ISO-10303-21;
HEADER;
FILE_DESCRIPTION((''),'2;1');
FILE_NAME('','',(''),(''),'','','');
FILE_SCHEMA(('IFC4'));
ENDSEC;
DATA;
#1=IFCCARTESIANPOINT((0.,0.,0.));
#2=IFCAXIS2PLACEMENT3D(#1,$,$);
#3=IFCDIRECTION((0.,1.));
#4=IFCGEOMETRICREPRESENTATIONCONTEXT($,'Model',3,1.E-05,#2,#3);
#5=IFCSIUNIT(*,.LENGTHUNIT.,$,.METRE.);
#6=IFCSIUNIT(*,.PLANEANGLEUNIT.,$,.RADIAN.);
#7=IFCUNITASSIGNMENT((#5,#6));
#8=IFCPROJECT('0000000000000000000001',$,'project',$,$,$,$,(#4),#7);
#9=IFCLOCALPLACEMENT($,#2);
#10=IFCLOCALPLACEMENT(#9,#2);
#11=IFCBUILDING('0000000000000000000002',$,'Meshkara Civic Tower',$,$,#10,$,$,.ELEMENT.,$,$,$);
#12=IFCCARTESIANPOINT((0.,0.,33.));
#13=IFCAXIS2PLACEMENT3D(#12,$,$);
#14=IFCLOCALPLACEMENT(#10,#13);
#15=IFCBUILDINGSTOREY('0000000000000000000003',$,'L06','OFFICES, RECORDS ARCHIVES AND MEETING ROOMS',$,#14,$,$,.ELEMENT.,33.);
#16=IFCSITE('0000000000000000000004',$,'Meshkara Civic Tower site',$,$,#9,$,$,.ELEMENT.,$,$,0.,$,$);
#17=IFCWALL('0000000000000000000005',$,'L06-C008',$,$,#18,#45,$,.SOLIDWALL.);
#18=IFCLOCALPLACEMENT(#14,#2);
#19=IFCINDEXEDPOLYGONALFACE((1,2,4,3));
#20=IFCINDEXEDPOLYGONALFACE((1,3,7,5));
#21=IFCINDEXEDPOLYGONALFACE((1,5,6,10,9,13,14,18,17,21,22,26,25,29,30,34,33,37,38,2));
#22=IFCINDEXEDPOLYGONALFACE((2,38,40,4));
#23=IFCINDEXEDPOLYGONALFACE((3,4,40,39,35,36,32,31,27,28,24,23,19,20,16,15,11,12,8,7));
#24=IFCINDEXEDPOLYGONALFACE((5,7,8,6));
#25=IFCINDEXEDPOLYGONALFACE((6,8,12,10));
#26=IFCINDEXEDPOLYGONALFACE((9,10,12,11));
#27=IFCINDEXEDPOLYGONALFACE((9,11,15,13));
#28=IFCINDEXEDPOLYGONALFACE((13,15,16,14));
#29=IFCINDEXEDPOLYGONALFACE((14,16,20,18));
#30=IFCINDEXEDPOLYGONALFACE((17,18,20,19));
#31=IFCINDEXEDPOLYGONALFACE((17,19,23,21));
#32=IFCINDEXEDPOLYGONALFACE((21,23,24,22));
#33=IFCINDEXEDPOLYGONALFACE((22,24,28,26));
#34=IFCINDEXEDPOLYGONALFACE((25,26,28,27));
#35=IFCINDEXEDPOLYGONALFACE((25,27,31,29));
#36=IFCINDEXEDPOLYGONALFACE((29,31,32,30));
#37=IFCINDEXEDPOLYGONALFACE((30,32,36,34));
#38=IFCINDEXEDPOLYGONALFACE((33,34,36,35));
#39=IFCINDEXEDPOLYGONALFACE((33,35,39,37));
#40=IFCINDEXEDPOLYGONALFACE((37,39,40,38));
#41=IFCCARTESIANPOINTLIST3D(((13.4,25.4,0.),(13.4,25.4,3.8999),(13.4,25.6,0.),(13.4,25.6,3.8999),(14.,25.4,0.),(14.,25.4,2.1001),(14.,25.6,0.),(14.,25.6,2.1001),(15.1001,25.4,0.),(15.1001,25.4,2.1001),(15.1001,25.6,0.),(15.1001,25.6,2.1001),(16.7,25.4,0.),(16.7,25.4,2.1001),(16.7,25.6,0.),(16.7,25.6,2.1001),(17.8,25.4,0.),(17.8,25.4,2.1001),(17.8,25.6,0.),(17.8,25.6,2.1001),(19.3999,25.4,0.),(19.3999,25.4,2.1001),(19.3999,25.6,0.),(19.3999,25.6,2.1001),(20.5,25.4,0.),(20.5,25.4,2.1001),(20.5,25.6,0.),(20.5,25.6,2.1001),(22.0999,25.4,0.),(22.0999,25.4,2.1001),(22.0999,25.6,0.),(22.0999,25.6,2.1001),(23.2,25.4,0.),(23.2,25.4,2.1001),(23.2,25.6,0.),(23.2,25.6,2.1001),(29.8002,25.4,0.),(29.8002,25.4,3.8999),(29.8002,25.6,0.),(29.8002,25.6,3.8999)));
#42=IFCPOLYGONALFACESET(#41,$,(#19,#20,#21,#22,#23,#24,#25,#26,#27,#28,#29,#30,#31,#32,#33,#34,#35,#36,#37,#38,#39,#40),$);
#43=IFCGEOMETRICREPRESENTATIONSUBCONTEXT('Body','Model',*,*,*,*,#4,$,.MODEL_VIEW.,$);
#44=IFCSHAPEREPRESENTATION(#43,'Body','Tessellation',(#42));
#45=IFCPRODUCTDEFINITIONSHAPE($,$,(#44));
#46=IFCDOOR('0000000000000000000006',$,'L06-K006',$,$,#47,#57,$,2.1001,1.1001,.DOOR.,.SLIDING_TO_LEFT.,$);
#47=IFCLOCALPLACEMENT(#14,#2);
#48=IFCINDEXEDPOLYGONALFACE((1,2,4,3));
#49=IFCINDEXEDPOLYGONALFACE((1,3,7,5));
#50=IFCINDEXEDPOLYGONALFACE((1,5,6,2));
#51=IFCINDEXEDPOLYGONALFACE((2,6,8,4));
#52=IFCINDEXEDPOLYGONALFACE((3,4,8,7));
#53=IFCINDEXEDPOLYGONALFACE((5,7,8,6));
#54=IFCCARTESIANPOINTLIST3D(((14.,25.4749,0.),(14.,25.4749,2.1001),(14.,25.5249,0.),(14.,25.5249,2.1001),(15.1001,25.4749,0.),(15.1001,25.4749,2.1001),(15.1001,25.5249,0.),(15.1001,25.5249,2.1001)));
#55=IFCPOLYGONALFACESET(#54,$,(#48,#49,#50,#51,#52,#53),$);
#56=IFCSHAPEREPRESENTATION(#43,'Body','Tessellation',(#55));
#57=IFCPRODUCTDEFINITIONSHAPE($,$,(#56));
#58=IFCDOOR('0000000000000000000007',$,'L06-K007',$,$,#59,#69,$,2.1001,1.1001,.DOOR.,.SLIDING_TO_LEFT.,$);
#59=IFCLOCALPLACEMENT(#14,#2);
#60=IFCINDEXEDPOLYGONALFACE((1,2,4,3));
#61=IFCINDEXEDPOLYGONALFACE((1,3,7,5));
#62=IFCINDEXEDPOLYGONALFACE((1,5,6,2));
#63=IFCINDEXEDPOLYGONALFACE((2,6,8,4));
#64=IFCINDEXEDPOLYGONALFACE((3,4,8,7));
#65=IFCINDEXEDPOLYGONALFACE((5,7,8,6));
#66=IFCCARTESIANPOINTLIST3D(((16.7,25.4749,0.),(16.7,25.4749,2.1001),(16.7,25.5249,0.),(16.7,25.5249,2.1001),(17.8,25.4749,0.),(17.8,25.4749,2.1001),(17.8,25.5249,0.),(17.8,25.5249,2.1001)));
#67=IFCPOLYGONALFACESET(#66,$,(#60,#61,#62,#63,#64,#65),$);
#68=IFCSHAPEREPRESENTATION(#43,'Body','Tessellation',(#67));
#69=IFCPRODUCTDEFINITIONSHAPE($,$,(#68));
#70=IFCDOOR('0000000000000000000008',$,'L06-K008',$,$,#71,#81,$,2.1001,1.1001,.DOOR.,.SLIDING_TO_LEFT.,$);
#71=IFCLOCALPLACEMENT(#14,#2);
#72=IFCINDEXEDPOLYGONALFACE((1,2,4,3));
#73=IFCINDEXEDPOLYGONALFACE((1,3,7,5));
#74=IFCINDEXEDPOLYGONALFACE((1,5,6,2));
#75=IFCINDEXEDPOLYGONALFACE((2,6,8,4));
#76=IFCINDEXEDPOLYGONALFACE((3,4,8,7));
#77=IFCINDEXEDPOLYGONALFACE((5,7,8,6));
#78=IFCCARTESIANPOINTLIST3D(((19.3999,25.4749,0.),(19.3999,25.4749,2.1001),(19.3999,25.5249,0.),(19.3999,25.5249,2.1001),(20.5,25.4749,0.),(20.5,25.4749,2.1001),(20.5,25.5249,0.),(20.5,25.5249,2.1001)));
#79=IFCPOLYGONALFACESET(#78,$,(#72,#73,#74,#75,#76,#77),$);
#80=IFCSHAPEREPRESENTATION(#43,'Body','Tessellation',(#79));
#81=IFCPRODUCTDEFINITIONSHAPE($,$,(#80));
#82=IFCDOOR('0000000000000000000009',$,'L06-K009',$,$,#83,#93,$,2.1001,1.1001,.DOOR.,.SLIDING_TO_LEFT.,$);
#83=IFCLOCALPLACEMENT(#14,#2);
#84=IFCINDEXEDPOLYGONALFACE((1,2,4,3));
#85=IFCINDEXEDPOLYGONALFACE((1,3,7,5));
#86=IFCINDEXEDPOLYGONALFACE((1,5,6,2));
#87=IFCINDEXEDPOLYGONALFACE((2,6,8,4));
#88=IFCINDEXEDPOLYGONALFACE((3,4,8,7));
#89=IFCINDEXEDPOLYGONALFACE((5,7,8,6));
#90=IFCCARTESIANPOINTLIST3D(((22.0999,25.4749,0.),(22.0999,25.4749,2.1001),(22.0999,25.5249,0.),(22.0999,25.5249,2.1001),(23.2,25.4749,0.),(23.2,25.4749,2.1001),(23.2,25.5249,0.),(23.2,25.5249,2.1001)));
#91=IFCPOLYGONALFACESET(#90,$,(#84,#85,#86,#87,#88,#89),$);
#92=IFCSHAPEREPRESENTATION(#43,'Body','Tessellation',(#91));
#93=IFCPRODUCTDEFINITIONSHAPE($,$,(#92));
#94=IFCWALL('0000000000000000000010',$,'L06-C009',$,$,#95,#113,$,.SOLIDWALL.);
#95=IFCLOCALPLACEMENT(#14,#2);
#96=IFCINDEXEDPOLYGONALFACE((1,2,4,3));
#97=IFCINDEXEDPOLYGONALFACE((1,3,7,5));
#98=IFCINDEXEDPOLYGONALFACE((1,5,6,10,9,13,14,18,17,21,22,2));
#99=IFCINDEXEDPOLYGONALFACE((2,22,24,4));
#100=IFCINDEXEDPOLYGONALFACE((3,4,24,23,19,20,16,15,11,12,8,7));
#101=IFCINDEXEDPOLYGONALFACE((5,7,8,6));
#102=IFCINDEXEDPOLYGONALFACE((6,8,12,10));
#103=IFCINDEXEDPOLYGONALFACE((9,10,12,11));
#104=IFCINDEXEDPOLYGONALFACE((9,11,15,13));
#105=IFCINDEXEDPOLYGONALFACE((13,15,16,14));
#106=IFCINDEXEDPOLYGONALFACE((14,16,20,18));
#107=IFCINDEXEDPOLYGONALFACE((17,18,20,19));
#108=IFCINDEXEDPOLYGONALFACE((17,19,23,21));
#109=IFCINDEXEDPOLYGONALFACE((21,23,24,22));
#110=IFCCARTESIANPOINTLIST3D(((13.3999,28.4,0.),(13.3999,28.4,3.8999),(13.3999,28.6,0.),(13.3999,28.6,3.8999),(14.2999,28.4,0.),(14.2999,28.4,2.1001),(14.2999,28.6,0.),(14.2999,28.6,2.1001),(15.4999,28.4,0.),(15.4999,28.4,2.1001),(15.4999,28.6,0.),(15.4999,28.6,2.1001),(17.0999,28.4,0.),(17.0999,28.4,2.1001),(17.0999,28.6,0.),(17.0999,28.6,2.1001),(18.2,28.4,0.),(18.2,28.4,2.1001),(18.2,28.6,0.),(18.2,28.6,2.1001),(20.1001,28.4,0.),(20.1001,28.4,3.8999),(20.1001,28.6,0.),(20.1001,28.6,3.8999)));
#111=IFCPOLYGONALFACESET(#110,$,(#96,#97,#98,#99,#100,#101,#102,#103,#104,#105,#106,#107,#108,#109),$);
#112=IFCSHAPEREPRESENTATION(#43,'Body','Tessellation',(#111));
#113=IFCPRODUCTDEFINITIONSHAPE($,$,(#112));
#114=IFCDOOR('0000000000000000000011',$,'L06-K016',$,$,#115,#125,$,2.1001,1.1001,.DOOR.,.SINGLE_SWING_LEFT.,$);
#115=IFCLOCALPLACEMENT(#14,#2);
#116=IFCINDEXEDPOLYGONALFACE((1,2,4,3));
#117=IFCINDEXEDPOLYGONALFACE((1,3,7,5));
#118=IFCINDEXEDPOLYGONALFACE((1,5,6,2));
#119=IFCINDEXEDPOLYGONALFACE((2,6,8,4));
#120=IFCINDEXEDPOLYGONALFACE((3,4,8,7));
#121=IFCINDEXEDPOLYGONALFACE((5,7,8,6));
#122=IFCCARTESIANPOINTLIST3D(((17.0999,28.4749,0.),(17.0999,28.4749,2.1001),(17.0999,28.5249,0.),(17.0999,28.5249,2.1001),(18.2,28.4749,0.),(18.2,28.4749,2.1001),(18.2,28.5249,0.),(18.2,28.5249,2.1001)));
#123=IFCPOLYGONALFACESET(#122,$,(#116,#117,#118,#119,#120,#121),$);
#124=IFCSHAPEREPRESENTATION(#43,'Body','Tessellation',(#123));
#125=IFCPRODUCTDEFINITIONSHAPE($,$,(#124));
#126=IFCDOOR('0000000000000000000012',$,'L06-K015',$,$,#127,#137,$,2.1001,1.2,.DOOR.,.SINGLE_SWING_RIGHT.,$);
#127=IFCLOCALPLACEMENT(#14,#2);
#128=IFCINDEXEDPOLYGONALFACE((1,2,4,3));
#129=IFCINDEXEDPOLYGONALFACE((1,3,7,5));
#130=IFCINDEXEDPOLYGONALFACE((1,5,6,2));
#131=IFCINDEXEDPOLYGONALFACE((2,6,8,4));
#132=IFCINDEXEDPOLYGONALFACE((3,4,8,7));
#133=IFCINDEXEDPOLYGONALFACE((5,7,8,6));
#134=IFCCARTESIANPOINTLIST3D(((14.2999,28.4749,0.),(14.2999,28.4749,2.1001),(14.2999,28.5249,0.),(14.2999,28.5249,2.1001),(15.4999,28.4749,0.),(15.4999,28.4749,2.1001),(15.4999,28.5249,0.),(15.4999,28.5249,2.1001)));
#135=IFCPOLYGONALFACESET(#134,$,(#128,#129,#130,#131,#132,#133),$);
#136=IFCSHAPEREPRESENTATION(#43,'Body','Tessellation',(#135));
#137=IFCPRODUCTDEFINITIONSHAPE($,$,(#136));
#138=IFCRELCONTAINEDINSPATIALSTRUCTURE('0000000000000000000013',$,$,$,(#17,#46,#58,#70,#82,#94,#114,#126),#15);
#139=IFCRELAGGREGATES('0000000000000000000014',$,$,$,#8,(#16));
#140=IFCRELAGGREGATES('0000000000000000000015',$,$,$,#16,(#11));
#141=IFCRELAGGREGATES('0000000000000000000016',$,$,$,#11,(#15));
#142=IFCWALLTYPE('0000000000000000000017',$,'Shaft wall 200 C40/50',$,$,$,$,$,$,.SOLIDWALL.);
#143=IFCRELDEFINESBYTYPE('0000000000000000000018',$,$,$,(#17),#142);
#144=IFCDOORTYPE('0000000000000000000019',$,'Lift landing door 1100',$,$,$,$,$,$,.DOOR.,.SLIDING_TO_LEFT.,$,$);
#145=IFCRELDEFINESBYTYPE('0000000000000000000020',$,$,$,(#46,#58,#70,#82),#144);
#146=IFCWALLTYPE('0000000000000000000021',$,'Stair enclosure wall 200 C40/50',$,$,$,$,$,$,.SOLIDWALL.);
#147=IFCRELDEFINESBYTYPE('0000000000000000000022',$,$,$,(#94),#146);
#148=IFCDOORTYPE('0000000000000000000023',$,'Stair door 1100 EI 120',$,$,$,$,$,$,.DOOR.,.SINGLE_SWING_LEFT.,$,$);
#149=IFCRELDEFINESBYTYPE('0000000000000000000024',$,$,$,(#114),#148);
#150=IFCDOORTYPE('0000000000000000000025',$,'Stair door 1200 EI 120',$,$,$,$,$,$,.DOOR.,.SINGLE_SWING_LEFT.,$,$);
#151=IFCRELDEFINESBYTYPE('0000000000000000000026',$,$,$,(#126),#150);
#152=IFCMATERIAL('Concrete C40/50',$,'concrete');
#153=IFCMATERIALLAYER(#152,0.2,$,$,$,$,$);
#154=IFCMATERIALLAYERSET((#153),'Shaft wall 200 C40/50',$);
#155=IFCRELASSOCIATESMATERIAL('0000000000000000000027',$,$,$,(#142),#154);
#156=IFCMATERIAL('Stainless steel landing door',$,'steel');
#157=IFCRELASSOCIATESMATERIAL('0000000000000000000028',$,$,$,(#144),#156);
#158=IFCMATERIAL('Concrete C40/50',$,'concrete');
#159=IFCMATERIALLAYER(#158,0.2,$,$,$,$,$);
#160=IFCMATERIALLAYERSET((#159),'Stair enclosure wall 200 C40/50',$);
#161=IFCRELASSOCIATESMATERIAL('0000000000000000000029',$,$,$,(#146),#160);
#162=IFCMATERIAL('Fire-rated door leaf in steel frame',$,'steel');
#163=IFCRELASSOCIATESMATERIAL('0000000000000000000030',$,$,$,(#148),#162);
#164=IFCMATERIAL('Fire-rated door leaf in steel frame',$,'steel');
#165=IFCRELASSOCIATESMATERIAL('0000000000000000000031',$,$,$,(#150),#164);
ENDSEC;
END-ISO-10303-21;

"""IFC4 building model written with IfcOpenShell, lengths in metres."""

from ifc_helpers import new_model, si_unit, direction, frame, frame_2d, origin, place, context, subcontext, project, spatial, rectangle, extrude, material, layer, layer_set, type_object, element, fill, save


model = new_model("IFC4")

# Units and contexts
model_context = context("Model", 3, precision=1e-05, world=origin(), true_north=direction((0.0, 1.0)))
body_context = subcontext(model_context, "Body", "Model", "MODEL_VIEW")
ifc_project = project(units=[si_unit("LENGTHUNIT", "METRE"), si_unit("PLANEANGLEUNIT", "RADIAN")], contexts=[model_context])

# Site, building, storey
site_placement = place(None, origin())
site = spatial("IfcSite", under=ifc_project, at=site_placement, Name="Meshkara Civic Tower site", CompositionType="ELEMENT", RefElevation=0.0)
building_placement = place(site_placement, origin())
building = spatial("IfcBuilding", under=site, at=building_placement, Name="Meshkara Civic Tower", CompositionType="ELEMENT")
storey_placement = place(building_placement, frame((0.0, 0.0, 33.0)))
storey = spatial("IfcBuildingStorey", under=building, at=storey_placement, Name="L06", Description="OFFICES, RECORDS ARCHIVES AND MEETING ROOMS", CompositionType="ELEMENT", Elevation=33.0)

# Walls, openings, doors
ifc_material_1 = material(Name="Concrete C40/50", Category="concrete")
ifc_layer_1 = layer(ifc_material_1, 0.2)
ifc_layer_set_1 = layer_set([ifc_layer_1], Name="Shaft wall 200 C40/50")
wall_type_1 = type_object("IfcWallType", Name="Shaft wall 200 C40/50", PredefinedType="SOLIDWALL", material=ifc_layer_set_1)
ifc_material_2 = material(Name="Stainless steel landing door", Category="steel")
door_type_1 = type_object("IfcDoorType", Name="Lift landing door 1100", OperationType="SLIDING_TO_LEFT", PredefinedType="DOOR", material=ifc_material_2)
wall_1_placement = place(storey_placement, frame((13.3999, 25.5, 0.0), z_axis=(0.0, 0.0, 1.0), x_axis=(1.0, 0.0, 0.0)))
wall_1 = element("IfcWall", 1, at=wall_1_placement, inside=storey, type_object=wall_type_1, Name="L06-C008", PredefinedType="SOLIDWALL", context=body_context, shape_type="SweptSolid", body=[
    extrude(rectangle(XDim=16.4001, YDim=0.2, at=frame_2d((8.2002, 0.0))), origin(), (0.0, 0.0, 1.0), 3.8999),
])
opening_1_placement = place(wall_1_placement, frame((0.6001, 0.0, 0.0)))
opening_1 = element("IfcOpeningElement", 2, at=opening_1_placement, cuts=wall_1, PredefinedType="OPENING", context=body_context, shape_type="SweptSolid", body=[
    extrude(rectangle(XDim=1.1001, YDim=2.1001, at=frame_2d((0.55, 1.05))), frame((0.0, 0.1099, 0.0), z_axis=(0.0, -1.0, 0.0), x_axis=(1.0, 0.0, 0.0)), (0.0, 0.0, 1.0), 0.22),
])
opening_2_placement = place(wall_1_placement, frame((3.3, 0.0, 0.0)))
opening_2 = element("IfcOpeningElement", 3, at=opening_2_placement, cuts=wall_1, PredefinedType="OPENING", context=body_context, shape_type="SweptSolid", body=[
    extrude(rectangle(XDim=1.1001, YDim=2.1001, at=frame_2d((0.55, 1.05))), frame((0.0, 0.1099, 0.0), z_axis=(0.0, -1.0, 0.0), x_axis=(1.0, 0.0, 0.0)), (0.0, 0.0, 1.0), 0.22),
])
opening_3_placement = place(wall_1_placement, frame((6.0, 0.0, 0.0)))
opening_3 = element("IfcOpeningElement", 4, at=opening_3_placement, cuts=wall_1, PredefinedType="OPENING", context=body_context, shape_type="SweptSolid", body=[
    extrude(rectangle(XDim=1.1001, YDim=2.1001, at=frame_2d((0.55, 1.05))), frame((0.0, 0.1099, 0.0), z_axis=(0.0, -1.0, 0.0), x_axis=(1.0, 0.0, 0.0)), (0.0, 0.0, 1.0), 0.22),
])
opening_4_placement = place(wall_1_placement, frame((8.7, 0.0, 0.0)))
opening_4 = element("IfcOpeningElement", 5, at=opening_4_placement, cuts=wall_1, PredefinedType="OPENING", context=body_context, shape_type="SweptSolid", body=[
    extrude(rectangle(XDim=1.1001, YDim=2.1001, at=frame_2d((0.55, 1.05))), frame((0.0, 0.1099, 0.0), z_axis=(0.0, -1.0, 0.0), x_axis=(1.0, 0.0, 0.0)), (0.0, 0.0, 1.0), 0.22),
])
door_1_placement = place(opening_1_placement, origin())
door_1 = element("IfcDoor", 6, at=door_1_placement, inside=storey, type_object=door_type_1, Name="L06-K006", OperationType="SLIDING_TO_LEFT", OverallHeight=2.1001, OverallWidth=1.1001, PredefinedType="DOOR", context=body_context, shape_type="SweptSolid", body=[
    extrude(rectangle(XDim=1.1001, YDim=2.1001, at=frame_2d((0.55, 1.05))), frame((0.0, 0.0249, 0.0), z_axis=(0.0, -1.0, 0.0), x_axis=(1.0, 0.0, 0.0)), (0.0, 0.0, 1.0), 0.05),
])
fill(opening_1, door_1)
door_2_placement = place(opening_2_placement, origin())
door_2 = element("IfcDoor", 7, at=door_2_placement, inside=storey, type_object=door_type_1, Name="L06-K007", OperationType="SLIDING_TO_LEFT", OverallHeight=2.1001, OverallWidth=1.1001, PredefinedType="DOOR", context=body_context, shape_type="SweptSolid", body=[
    extrude(rectangle(XDim=1.1001, YDim=2.1001, at=frame_2d((0.55, 1.05))), frame((0.0, 0.0249, 0.0), z_axis=(0.0, -1.0, 0.0), x_axis=(1.0, 0.0, 0.0)), (0.0, 0.0, 1.0), 0.05),
])
fill(opening_2, door_2)
door_3_placement = place(opening_3_placement, origin())
door_3 = element("IfcDoor", 8, at=door_3_placement, inside=storey, type_object=door_type_1, Name="L06-K008", OperationType="SLIDING_TO_LEFT", OverallHeight=2.1001, OverallWidth=1.1001, PredefinedType="DOOR", context=body_context, shape_type="SweptSolid", body=[
    extrude(rectangle(XDim=1.1001, YDim=2.1001, at=frame_2d((0.55, 1.05))), frame((0.0, 0.0249, 0.0), z_axis=(0.0, -1.0, 0.0), x_axis=(1.0, 0.0, 0.0)), (0.0, 0.0, 1.0), 0.05),
])
fill(opening_3, door_3)
door_4_placement = place(opening_4_placement, origin())
door_4 = element("IfcDoor", 9, at=door_4_placement, inside=storey, type_object=door_type_1, Name="L06-K009", OperationType="SLIDING_TO_LEFT", OverallHeight=2.1001, OverallWidth=1.1001, PredefinedType="DOOR", context=body_context, shape_type="SweptSolid", body=[
    extrude(rectangle(XDim=1.1001, YDim=2.1001, at=frame_2d((0.55, 1.05))), frame((0.0, 0.0249, 0.0), z_axis=(0.0, -1.0, 0.0), x_axis=(1.0, 0.0, 0.0)), (0.0, 0.0, 1.0), 0.05),
])
fill(opening_4, door_4)
ifc_material_3 = material(Name="Concrete C40/50", Category="concrete")
ifc_layer_2 = layer(ifc_material_3, 0.2)
ifc_layer_set_2 = layer_set([ifc_layer_2], Name="Stair enclosure wall 200 C40/50")
wall_type_2 = type_object("IfcWallType", Name="Stair enclosure wall 200 C40/50", PredefinedType="SOLIDWALL", material=ifc_layer_set_2)
wall_2_placement = place(storey_placement, frame((13.3999, 28.5, 0.0), z_axis=(0.0, 0.0, 1.0), x_axis=(1.0, 0.0, 0.0)))
wall_2 = element("IfcWall", 10, at=wall_2_placement, inside=storey, type_object=wall_type_2, Name="L06-C009", PredefinedType="SOLIDWALL", context=body_context, shape_type="SweptSolid", body=[
    extrude(rectangle(XDim=6.7002, YDim=0.2, at=frame_2d((3.3501, 0.0))), origin(), (0.0, 0.0, 1.0), 3.8999),
])
opening_5_placement = place(wall_2_placement, frame((0.8999, 0.0, 0.0)))
opening_5 = element("IfcOpeningElement", 11, at=opening_5_placement, cuts=wall_2, PredefinedType="OPENING", context=body_context, shape_type="SweptSolid", body=[
    extrude(rectangle(XDim=1.2, YDim=2.1001, at=frame_2d((0.6001, 1.05))), frame((0.0, 0.1099, 0.0), z_axis=(0.0, -1.0, 0.0), x_axis=(1.0, 0.0, 0.0)), (0.0, 0.0, 1.0), 0.22),
])
opening_6_placement = place(wall_2_placement, frame((3.7, 0.0, 0.0)))
opening_6 = element("IfcOpeningElement", 12, at=opening_6_placement, cuts=wall_2, PredefinedType="OPENING", context=body_context, shape_type="SweptSolid", body=[
    extrude(rectangle(XDim=1.1001, YDim=2.1001, at=frame_2d((0.55, 1.05))), frame((0.0, 0.1099, 0.0), z_axis=(0.0, -1.0, 0.0), x_axis=(1.0, 0.0, 0.0)), (0.0, 0.0, 1.0), 0.22),
])
ifc_material_4 = material(Name="Fire-rated door leaf in steel frame", Category="steel")
door_type_2 = type_object("IfcDoorType", Name="Stair door 1100 EI 120", OperationType="SINGLE_SWING_LEFT", PredefinedType="DOOR", material=ifc_material_4)
door_5_placement = place(opening_6_placement, origin())
door_5 = element("IfcDoor", 13, at=door_5_placement, inside=storey, type_object=door_type_2, Name="L06-K016", OperationType="SINGLE_SWING_LEFT", OverallHeight=2.1001, OverallWidth=1.1001, PredefinedType="DOOR", context=body_context, shape_type="SweptSolid", body=[
    extrude(rectangle(XDim=1.1001, YDim=2.1001, at=frame_2d((0.55, 1.05))), frame((0.0, 0.0249, 0.0), z_axis=(0.0, -1.0, 0.0), x_axis=(1.0, 0.0, 0.0)), (0.0, 0.0, 1.0), 0.05),
])
fill(opening_6, door_5)
ifc_material_5 = material(Name="Fire-rated door leaf in steel frame", Category="steel")
door_type_3 = type_object("IfcDoorType", Name="Stair door 1200 EI 120", OperationType="SINGLE_SWING_LEFT", PredefinedType="DOOR", material=ifc_material_5)
door_6_placement = place(opening_5_placement, origin())
door_6 = element("IfcDoor", 14, at=door_6_placement, inside=storey, type_object=door_type_3, Name="L06-K015", OperationType="SINGLE_SWING_RIGHT", OverallHeight=2.1001, OverallWidth=1.2, PredefinedType="DOOR", context=body_context, shape_type="SweptSolid", body=[
    extrude(rectangle(XDim=1.2, YDim=2.1001, at=frame_2d((0.6001, 1.05))), frame((0.0, 0.0249, 0.0), z_axis=(0.0, -1.0, 0.0), x_axis=(1.0, 0.0, 0.0)), (0.0, 0.0, 1.0), 0.05),
])
fill(opening_5, door_6)

save(model, "model.ifc")
